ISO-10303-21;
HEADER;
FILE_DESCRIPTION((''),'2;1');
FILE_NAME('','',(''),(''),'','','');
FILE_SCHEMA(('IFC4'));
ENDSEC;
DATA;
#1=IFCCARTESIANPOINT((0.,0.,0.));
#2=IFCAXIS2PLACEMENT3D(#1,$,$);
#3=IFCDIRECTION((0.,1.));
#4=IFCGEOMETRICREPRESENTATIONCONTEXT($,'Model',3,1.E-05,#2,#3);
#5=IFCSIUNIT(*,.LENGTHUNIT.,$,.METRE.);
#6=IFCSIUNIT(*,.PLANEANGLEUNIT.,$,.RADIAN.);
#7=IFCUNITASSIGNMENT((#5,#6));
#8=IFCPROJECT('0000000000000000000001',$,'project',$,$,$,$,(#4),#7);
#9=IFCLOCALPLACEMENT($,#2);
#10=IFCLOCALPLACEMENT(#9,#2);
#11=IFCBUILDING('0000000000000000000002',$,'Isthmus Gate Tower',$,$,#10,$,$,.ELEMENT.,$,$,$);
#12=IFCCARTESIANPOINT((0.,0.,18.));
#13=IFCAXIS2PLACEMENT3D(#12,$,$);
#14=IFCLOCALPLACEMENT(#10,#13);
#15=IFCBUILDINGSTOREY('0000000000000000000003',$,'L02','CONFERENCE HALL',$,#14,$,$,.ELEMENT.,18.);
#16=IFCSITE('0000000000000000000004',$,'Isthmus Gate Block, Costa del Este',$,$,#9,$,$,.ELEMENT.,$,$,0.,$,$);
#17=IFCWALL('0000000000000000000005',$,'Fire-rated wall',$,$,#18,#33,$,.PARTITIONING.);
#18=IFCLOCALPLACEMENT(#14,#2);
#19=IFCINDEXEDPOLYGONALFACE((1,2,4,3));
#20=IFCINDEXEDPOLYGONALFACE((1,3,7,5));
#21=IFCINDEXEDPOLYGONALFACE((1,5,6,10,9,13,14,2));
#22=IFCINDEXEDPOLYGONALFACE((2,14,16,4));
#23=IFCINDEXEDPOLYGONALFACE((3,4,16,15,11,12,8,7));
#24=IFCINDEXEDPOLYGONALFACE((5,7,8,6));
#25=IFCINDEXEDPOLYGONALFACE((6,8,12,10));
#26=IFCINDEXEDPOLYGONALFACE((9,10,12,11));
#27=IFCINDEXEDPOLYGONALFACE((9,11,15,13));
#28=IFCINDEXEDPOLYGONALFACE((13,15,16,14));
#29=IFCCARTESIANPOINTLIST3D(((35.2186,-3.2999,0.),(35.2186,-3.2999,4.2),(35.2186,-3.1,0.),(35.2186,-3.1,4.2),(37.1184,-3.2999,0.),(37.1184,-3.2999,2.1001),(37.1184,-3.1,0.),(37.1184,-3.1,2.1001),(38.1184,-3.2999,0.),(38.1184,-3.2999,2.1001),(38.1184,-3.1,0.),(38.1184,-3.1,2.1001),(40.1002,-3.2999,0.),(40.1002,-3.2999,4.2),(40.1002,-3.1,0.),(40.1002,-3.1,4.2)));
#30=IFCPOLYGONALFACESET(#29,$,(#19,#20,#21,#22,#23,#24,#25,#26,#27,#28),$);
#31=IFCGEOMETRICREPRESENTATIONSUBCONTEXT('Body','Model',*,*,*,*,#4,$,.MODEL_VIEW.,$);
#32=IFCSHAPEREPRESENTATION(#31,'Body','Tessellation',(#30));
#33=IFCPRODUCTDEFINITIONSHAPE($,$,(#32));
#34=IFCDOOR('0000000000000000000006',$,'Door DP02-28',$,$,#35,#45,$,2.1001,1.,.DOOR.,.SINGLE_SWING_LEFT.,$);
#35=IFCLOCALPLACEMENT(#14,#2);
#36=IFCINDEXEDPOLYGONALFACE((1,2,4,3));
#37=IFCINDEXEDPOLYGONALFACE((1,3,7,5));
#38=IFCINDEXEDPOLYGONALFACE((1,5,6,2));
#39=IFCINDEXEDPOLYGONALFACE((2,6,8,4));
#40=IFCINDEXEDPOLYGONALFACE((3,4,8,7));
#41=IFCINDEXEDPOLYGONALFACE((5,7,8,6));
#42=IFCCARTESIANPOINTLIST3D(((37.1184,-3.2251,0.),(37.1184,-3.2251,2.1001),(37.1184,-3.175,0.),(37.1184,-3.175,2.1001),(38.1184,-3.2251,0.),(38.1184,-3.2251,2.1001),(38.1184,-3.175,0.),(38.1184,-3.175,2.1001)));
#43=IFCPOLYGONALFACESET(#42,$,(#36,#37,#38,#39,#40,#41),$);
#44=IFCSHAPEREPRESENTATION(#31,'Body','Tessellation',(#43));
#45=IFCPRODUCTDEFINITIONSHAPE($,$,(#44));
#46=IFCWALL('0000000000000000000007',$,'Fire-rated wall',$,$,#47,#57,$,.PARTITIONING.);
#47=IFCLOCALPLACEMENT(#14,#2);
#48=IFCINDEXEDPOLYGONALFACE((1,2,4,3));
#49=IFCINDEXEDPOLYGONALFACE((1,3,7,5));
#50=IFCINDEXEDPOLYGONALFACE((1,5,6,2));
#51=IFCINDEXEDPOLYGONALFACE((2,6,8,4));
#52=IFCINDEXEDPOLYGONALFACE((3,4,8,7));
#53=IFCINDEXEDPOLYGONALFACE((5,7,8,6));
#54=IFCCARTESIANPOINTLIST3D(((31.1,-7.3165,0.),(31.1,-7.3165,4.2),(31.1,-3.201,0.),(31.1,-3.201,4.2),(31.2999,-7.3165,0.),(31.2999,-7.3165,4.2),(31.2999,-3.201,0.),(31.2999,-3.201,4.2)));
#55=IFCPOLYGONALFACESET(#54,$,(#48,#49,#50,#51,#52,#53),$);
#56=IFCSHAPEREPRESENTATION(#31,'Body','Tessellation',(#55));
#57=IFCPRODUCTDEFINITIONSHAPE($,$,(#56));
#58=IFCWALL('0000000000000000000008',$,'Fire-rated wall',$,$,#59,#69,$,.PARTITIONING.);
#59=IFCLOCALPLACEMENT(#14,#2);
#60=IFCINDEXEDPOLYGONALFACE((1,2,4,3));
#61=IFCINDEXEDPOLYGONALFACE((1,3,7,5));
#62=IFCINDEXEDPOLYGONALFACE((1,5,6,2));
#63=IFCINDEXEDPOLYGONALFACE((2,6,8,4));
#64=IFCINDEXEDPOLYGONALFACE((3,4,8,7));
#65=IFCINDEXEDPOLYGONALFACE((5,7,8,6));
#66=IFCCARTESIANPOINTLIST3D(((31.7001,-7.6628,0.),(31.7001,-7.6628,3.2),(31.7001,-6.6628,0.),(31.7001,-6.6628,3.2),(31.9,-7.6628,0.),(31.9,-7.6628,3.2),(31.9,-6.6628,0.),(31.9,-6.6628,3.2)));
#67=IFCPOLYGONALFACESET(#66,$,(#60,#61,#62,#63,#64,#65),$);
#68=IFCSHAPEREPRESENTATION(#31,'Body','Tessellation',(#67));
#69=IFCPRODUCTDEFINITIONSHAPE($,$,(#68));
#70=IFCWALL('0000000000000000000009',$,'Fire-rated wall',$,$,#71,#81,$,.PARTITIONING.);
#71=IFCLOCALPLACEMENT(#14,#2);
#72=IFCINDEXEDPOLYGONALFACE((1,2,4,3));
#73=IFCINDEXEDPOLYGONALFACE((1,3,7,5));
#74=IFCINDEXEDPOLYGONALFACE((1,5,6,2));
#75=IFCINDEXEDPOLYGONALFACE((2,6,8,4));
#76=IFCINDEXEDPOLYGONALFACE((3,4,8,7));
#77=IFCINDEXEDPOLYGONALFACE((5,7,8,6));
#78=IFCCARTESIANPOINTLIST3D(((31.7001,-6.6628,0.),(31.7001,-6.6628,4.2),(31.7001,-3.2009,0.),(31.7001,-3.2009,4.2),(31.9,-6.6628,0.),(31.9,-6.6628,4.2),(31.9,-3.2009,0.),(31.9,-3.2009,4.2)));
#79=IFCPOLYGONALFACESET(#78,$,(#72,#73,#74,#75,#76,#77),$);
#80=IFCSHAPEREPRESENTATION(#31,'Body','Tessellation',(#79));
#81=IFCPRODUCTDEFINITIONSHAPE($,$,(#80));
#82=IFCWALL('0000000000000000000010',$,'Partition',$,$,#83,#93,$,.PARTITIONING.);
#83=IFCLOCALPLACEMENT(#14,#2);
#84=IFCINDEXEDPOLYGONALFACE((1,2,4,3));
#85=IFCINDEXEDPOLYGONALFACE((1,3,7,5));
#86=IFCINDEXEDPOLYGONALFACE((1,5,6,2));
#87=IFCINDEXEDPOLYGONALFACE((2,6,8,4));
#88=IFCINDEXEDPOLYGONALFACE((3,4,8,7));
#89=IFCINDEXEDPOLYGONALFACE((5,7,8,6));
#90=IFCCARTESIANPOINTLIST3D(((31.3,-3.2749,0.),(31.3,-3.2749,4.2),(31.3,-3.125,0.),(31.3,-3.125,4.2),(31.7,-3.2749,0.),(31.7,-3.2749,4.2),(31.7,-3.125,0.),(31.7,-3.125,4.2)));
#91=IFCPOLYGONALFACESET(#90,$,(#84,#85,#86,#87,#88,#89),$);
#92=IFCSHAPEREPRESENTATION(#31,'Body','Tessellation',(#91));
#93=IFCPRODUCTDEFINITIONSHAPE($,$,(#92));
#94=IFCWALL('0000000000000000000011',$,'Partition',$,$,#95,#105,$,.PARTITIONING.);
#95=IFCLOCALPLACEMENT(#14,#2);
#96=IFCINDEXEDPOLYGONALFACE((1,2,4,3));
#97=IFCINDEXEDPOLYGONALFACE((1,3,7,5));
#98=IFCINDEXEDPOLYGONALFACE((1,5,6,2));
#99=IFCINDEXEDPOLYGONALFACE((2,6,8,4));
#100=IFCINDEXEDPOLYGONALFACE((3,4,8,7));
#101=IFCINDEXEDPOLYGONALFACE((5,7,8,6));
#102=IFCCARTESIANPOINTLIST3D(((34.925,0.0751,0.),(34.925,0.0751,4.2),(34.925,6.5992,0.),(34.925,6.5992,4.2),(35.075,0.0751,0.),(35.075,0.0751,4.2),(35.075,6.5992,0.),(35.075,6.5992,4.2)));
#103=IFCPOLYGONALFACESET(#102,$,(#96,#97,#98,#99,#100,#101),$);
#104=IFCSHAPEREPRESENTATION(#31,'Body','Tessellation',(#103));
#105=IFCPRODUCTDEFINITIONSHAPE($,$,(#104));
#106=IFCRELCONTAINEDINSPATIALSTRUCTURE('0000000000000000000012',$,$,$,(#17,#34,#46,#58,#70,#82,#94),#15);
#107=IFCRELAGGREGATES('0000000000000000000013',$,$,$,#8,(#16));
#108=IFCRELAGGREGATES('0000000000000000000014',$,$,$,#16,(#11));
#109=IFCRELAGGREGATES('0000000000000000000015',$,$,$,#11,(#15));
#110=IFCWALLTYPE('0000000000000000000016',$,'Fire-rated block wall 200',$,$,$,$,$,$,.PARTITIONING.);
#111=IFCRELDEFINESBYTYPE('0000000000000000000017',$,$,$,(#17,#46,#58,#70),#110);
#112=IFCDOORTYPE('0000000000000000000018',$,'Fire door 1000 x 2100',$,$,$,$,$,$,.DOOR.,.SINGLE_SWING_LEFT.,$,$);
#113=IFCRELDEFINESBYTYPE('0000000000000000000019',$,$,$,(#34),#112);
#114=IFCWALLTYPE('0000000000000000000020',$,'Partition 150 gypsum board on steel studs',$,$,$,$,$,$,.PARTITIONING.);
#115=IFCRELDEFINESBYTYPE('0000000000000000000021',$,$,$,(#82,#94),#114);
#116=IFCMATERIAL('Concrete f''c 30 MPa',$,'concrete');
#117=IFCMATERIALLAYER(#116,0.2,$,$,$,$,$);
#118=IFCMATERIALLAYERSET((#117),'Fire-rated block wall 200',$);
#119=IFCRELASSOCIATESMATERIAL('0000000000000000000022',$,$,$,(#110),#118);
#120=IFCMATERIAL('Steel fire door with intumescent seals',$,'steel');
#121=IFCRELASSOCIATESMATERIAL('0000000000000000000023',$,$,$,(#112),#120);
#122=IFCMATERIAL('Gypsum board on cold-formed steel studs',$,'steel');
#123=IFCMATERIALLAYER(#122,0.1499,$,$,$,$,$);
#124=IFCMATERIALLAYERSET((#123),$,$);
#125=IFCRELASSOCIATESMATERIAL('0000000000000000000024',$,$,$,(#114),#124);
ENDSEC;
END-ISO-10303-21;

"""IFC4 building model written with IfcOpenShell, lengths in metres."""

from ifc_helpers import new_model, si_unit, direction, frame, frame_2d, origin, place, context, subcontext, project, spatial, rectangle, extrude, material, layer, layer_set, type_object, element, fill, save


model = new_model("IFC4")

# Units and contexts
model_context = context("Model", 3, precision=1e-05, world=origin(), true_north=direction((0.0, 1.0)))
body_context = subcontext(model_context, "Body", "Model", "MODEL_VIEW")
ifc_project = project(units=[si_unit("LENGTHUNIT", "METRE"), si_unit("PLANEANGLEUNIT", "RADIAN")], contexts=[model_context])

# Site, building, storey
site_placement = place(None, origin())
site = spatial("IfcSite", under=ifc_project, at=site_placement, Name="Isthmus Gate Block, Costa del Este", CompositionType="ELEMENT", RefElevation=0.0)
building_placement = place(site_placement, origin())
building = spatial("IfcBuilding", under=site, at=building_placement, Name="Isthmus Gate Tower", CompositionType="ELEMENT")
storey_placement = place(building_placement, frame((0.0, 0.0, 18.0)))
storey = spatial("IfcBuildingStorey", under=building, at=storey_placement, Name="L02", Description="CONFERENCE HALL", CompositionType="ELEMENT", Elevation=18.0)

# Shared definitions
ifc_material_1 = material(Name="Concrete f'c 30 MPa", Category="concrete")
ifc_layer_1 = layer(ifc_material_1, 0.2)
ifc_layer_set_1 = layer_set([ifc_layer_1], Name="Fire-rated block wall 200")
wall_type_1 = type_object("IfcWallType", Name="Fire-rated block wall 200", PredefinedType="PARTITIONING", material=ifc_layer_set_1)

# Wall, opening, door
wall_1_placement = place(storey_placement, frame((35.2185, -3.2, 0.0), z_axis=(0.0, 0.0, 1.0), x_axis=(1.0, 0.0, 0.0)))
wall_1 = element("IfcWall", 1, at=wall_1_placement, inside=storey, type_object=wall_type_1, Name="Fire-rated wall", PredefinedType="PARTITIONING", context=body_context, shape_type="SweptSolid", body=[
    extrude(rectangle(XDim=4.8816, YDim=0.2, at=frame_2d((2.4409, 0.0))), origin(), (0.0, 0.0, 1.0), 4.2),
])
opening_placement = place(wall_1_placement, frame((1.8999, 0.0, 0.0)))
opening = element("IfcOpeningElement", 2, at=opening_placement, cuts=wall_1, PredefinedType="OPENING", context=body_context, shape_type="SweptSolid", body=[
    extrude(rectangle(XDim=1.0, YDim=2.1001, at=frame_2d((0.5, 1.05))), frame((0.0, 0.1099, 0.0), z_axis=(0.0, -1.0, 0.0), x_axis=(1.0, 0.0, 0.0)), (0.0, 0.0, 1.0), 0.22),
])
ifc_material_2 = material(Name="Steel fire door with intumescent seals", Category="steel")
door_type = type_object("IfcDoorType", Name="Fire door 1000 x 2100", OperationType="SINGLE_SWING_LEFT", PredefinedType="DOOR", material=ifc_material_2)
door_placement = place(opening_placement, origin())
door = element("IfcDoor", 3, at=door_placement, inside=storey, type_object=door_type, Name="Door DP02-28", OperationType="SINGLE_SWING_LEFT", OverallHeight=2.1001, OverallWidth=1.0, PredefinedType="DOOR", context=body_context, shape_type="SweptSolid", body=[
    extrude(rectangle(XDim=1.0, YDim=2.1001, at=frame_2d((0.5, 1.05))), frame((0.0, 0.0249, 0.0), z_axis=(0.0, -1.0, 0.0), x_axis=(1.0, 0.0, 0.0)), (0.0, 0.0, 1.0), 0.05),
])
fill(opening, door)

# Walls
wall_2_placement = place(storey_placement, frame((31.2, -7.3164, 0.0), z_axis=(0.0, 0.0, 1.0), x_axis=(0.0, 1.0, 0.0)))
element("IfcWall", 4, at=wall_2_placement, inside=storey, type_object=wall_type_1, Name="Fire-rated wall", PredefinedType="PARTITIONING", context=body_context, shape_type="SweptSolid", body=[
    extrude(rectangle(XDim=4.1155, YDim=0.2, at=frame_2d((2.0576, 0.0))), origin(), (0.0, 0.0, 1.0), 4.2),
])
wall_3_placement = place(storey_placement, frame((31.8, -7.6628, 0.0), z_axis=(0.0, 0.0, 1.0), x_axis=(0.0, 1.0, 0.0)))
element("IfcWall", 5, at=wall_3_placement, inside=storey, type_object=wall_type_1, Name="Fire-rated wall", PredefinedType="PARTITIONING", context=body_context, shape_type="SweptSolid", body=[
    extrude(rectangle(XDim=1.0, YDim=0.2, at=frame_2d((0.5, 0.0))), origin(), (0.0, 0.0, 1.0), 3.2),
])
wall_4_placement = place(storey_placement, frame((31.8, -6.6628, 0.0), z_axis=(0.0, 0.0, 1.0), x_axis=(0.0, 1.0, 0.0)))
element("IfcWall", 6, at=wall_4_placement, inside=storey, type_object=wall_type_1, Name="Fire-rated wall", PredefinedType="PARTITIONING", context=body_context, shape_type="SweptSolid", body=[
    extrude(rectangle(XDim=3.4619, YDim=0.2, at=frame_2d((1.731, 0.0))), origin(), (0.0, 0.0, 1.0), 4.2),
])
ifc_material_3 = material(Name="Gypsum board on cold-formed steel studs", Category="steel")
ifc_layer_2 = layer(ifc_material_3, 0.1499)
ifc_layer_set_2 = layer_set([ifc_layer_2])
wall_type_2 = type_object("IfcWallType", Name="Partition 150 gypsum board on steel studs", PredefinedType="PARTITIONING", material=ifc_layer_set_2)
wall_5_placement = place(storey_placement, frame((31.3, -3.2, 0.0), z_axis=(0.0, 0.0, 1.0), x_axis=(1.0, 0.0, 0.0)))
element("IfcWall", 7, at=wall_5_placement, inside=storey, type_object=wall_type_2, Name="Partition", PredefinedType="PARTITIONING", context=body_context, shape_type="SweptSolid", body=[
    extrude(rectangle(XDim=0.3999, YDim=0.1499, at=frame_2d((0.2, 0.0))), origin(), (0.0, 0.0, 1.0), 4.2),
])
wall_6_placement = place(storey_placement, frame((35.0, 0.075, 0.0), z_axis=(0.0, 0.0, 1.0), x_axis=(0.0, 1.0, 0.0)))
element("IfcWall", 8, at=wall_6_placement, inside=storey, type_object=wall_type_2, Name="Partition", PredefinedType="PARTITIONING", context=body_context, shape_type="SweptSolid", body=[
    extrude(rectangle(XDim=6.5242, YDim=0.1499, at=frame_2d((3.2622, 0.0))), origin(), (0.0, 0.0, 1.0), 4.2),
])

save(model, "model.ifc")
